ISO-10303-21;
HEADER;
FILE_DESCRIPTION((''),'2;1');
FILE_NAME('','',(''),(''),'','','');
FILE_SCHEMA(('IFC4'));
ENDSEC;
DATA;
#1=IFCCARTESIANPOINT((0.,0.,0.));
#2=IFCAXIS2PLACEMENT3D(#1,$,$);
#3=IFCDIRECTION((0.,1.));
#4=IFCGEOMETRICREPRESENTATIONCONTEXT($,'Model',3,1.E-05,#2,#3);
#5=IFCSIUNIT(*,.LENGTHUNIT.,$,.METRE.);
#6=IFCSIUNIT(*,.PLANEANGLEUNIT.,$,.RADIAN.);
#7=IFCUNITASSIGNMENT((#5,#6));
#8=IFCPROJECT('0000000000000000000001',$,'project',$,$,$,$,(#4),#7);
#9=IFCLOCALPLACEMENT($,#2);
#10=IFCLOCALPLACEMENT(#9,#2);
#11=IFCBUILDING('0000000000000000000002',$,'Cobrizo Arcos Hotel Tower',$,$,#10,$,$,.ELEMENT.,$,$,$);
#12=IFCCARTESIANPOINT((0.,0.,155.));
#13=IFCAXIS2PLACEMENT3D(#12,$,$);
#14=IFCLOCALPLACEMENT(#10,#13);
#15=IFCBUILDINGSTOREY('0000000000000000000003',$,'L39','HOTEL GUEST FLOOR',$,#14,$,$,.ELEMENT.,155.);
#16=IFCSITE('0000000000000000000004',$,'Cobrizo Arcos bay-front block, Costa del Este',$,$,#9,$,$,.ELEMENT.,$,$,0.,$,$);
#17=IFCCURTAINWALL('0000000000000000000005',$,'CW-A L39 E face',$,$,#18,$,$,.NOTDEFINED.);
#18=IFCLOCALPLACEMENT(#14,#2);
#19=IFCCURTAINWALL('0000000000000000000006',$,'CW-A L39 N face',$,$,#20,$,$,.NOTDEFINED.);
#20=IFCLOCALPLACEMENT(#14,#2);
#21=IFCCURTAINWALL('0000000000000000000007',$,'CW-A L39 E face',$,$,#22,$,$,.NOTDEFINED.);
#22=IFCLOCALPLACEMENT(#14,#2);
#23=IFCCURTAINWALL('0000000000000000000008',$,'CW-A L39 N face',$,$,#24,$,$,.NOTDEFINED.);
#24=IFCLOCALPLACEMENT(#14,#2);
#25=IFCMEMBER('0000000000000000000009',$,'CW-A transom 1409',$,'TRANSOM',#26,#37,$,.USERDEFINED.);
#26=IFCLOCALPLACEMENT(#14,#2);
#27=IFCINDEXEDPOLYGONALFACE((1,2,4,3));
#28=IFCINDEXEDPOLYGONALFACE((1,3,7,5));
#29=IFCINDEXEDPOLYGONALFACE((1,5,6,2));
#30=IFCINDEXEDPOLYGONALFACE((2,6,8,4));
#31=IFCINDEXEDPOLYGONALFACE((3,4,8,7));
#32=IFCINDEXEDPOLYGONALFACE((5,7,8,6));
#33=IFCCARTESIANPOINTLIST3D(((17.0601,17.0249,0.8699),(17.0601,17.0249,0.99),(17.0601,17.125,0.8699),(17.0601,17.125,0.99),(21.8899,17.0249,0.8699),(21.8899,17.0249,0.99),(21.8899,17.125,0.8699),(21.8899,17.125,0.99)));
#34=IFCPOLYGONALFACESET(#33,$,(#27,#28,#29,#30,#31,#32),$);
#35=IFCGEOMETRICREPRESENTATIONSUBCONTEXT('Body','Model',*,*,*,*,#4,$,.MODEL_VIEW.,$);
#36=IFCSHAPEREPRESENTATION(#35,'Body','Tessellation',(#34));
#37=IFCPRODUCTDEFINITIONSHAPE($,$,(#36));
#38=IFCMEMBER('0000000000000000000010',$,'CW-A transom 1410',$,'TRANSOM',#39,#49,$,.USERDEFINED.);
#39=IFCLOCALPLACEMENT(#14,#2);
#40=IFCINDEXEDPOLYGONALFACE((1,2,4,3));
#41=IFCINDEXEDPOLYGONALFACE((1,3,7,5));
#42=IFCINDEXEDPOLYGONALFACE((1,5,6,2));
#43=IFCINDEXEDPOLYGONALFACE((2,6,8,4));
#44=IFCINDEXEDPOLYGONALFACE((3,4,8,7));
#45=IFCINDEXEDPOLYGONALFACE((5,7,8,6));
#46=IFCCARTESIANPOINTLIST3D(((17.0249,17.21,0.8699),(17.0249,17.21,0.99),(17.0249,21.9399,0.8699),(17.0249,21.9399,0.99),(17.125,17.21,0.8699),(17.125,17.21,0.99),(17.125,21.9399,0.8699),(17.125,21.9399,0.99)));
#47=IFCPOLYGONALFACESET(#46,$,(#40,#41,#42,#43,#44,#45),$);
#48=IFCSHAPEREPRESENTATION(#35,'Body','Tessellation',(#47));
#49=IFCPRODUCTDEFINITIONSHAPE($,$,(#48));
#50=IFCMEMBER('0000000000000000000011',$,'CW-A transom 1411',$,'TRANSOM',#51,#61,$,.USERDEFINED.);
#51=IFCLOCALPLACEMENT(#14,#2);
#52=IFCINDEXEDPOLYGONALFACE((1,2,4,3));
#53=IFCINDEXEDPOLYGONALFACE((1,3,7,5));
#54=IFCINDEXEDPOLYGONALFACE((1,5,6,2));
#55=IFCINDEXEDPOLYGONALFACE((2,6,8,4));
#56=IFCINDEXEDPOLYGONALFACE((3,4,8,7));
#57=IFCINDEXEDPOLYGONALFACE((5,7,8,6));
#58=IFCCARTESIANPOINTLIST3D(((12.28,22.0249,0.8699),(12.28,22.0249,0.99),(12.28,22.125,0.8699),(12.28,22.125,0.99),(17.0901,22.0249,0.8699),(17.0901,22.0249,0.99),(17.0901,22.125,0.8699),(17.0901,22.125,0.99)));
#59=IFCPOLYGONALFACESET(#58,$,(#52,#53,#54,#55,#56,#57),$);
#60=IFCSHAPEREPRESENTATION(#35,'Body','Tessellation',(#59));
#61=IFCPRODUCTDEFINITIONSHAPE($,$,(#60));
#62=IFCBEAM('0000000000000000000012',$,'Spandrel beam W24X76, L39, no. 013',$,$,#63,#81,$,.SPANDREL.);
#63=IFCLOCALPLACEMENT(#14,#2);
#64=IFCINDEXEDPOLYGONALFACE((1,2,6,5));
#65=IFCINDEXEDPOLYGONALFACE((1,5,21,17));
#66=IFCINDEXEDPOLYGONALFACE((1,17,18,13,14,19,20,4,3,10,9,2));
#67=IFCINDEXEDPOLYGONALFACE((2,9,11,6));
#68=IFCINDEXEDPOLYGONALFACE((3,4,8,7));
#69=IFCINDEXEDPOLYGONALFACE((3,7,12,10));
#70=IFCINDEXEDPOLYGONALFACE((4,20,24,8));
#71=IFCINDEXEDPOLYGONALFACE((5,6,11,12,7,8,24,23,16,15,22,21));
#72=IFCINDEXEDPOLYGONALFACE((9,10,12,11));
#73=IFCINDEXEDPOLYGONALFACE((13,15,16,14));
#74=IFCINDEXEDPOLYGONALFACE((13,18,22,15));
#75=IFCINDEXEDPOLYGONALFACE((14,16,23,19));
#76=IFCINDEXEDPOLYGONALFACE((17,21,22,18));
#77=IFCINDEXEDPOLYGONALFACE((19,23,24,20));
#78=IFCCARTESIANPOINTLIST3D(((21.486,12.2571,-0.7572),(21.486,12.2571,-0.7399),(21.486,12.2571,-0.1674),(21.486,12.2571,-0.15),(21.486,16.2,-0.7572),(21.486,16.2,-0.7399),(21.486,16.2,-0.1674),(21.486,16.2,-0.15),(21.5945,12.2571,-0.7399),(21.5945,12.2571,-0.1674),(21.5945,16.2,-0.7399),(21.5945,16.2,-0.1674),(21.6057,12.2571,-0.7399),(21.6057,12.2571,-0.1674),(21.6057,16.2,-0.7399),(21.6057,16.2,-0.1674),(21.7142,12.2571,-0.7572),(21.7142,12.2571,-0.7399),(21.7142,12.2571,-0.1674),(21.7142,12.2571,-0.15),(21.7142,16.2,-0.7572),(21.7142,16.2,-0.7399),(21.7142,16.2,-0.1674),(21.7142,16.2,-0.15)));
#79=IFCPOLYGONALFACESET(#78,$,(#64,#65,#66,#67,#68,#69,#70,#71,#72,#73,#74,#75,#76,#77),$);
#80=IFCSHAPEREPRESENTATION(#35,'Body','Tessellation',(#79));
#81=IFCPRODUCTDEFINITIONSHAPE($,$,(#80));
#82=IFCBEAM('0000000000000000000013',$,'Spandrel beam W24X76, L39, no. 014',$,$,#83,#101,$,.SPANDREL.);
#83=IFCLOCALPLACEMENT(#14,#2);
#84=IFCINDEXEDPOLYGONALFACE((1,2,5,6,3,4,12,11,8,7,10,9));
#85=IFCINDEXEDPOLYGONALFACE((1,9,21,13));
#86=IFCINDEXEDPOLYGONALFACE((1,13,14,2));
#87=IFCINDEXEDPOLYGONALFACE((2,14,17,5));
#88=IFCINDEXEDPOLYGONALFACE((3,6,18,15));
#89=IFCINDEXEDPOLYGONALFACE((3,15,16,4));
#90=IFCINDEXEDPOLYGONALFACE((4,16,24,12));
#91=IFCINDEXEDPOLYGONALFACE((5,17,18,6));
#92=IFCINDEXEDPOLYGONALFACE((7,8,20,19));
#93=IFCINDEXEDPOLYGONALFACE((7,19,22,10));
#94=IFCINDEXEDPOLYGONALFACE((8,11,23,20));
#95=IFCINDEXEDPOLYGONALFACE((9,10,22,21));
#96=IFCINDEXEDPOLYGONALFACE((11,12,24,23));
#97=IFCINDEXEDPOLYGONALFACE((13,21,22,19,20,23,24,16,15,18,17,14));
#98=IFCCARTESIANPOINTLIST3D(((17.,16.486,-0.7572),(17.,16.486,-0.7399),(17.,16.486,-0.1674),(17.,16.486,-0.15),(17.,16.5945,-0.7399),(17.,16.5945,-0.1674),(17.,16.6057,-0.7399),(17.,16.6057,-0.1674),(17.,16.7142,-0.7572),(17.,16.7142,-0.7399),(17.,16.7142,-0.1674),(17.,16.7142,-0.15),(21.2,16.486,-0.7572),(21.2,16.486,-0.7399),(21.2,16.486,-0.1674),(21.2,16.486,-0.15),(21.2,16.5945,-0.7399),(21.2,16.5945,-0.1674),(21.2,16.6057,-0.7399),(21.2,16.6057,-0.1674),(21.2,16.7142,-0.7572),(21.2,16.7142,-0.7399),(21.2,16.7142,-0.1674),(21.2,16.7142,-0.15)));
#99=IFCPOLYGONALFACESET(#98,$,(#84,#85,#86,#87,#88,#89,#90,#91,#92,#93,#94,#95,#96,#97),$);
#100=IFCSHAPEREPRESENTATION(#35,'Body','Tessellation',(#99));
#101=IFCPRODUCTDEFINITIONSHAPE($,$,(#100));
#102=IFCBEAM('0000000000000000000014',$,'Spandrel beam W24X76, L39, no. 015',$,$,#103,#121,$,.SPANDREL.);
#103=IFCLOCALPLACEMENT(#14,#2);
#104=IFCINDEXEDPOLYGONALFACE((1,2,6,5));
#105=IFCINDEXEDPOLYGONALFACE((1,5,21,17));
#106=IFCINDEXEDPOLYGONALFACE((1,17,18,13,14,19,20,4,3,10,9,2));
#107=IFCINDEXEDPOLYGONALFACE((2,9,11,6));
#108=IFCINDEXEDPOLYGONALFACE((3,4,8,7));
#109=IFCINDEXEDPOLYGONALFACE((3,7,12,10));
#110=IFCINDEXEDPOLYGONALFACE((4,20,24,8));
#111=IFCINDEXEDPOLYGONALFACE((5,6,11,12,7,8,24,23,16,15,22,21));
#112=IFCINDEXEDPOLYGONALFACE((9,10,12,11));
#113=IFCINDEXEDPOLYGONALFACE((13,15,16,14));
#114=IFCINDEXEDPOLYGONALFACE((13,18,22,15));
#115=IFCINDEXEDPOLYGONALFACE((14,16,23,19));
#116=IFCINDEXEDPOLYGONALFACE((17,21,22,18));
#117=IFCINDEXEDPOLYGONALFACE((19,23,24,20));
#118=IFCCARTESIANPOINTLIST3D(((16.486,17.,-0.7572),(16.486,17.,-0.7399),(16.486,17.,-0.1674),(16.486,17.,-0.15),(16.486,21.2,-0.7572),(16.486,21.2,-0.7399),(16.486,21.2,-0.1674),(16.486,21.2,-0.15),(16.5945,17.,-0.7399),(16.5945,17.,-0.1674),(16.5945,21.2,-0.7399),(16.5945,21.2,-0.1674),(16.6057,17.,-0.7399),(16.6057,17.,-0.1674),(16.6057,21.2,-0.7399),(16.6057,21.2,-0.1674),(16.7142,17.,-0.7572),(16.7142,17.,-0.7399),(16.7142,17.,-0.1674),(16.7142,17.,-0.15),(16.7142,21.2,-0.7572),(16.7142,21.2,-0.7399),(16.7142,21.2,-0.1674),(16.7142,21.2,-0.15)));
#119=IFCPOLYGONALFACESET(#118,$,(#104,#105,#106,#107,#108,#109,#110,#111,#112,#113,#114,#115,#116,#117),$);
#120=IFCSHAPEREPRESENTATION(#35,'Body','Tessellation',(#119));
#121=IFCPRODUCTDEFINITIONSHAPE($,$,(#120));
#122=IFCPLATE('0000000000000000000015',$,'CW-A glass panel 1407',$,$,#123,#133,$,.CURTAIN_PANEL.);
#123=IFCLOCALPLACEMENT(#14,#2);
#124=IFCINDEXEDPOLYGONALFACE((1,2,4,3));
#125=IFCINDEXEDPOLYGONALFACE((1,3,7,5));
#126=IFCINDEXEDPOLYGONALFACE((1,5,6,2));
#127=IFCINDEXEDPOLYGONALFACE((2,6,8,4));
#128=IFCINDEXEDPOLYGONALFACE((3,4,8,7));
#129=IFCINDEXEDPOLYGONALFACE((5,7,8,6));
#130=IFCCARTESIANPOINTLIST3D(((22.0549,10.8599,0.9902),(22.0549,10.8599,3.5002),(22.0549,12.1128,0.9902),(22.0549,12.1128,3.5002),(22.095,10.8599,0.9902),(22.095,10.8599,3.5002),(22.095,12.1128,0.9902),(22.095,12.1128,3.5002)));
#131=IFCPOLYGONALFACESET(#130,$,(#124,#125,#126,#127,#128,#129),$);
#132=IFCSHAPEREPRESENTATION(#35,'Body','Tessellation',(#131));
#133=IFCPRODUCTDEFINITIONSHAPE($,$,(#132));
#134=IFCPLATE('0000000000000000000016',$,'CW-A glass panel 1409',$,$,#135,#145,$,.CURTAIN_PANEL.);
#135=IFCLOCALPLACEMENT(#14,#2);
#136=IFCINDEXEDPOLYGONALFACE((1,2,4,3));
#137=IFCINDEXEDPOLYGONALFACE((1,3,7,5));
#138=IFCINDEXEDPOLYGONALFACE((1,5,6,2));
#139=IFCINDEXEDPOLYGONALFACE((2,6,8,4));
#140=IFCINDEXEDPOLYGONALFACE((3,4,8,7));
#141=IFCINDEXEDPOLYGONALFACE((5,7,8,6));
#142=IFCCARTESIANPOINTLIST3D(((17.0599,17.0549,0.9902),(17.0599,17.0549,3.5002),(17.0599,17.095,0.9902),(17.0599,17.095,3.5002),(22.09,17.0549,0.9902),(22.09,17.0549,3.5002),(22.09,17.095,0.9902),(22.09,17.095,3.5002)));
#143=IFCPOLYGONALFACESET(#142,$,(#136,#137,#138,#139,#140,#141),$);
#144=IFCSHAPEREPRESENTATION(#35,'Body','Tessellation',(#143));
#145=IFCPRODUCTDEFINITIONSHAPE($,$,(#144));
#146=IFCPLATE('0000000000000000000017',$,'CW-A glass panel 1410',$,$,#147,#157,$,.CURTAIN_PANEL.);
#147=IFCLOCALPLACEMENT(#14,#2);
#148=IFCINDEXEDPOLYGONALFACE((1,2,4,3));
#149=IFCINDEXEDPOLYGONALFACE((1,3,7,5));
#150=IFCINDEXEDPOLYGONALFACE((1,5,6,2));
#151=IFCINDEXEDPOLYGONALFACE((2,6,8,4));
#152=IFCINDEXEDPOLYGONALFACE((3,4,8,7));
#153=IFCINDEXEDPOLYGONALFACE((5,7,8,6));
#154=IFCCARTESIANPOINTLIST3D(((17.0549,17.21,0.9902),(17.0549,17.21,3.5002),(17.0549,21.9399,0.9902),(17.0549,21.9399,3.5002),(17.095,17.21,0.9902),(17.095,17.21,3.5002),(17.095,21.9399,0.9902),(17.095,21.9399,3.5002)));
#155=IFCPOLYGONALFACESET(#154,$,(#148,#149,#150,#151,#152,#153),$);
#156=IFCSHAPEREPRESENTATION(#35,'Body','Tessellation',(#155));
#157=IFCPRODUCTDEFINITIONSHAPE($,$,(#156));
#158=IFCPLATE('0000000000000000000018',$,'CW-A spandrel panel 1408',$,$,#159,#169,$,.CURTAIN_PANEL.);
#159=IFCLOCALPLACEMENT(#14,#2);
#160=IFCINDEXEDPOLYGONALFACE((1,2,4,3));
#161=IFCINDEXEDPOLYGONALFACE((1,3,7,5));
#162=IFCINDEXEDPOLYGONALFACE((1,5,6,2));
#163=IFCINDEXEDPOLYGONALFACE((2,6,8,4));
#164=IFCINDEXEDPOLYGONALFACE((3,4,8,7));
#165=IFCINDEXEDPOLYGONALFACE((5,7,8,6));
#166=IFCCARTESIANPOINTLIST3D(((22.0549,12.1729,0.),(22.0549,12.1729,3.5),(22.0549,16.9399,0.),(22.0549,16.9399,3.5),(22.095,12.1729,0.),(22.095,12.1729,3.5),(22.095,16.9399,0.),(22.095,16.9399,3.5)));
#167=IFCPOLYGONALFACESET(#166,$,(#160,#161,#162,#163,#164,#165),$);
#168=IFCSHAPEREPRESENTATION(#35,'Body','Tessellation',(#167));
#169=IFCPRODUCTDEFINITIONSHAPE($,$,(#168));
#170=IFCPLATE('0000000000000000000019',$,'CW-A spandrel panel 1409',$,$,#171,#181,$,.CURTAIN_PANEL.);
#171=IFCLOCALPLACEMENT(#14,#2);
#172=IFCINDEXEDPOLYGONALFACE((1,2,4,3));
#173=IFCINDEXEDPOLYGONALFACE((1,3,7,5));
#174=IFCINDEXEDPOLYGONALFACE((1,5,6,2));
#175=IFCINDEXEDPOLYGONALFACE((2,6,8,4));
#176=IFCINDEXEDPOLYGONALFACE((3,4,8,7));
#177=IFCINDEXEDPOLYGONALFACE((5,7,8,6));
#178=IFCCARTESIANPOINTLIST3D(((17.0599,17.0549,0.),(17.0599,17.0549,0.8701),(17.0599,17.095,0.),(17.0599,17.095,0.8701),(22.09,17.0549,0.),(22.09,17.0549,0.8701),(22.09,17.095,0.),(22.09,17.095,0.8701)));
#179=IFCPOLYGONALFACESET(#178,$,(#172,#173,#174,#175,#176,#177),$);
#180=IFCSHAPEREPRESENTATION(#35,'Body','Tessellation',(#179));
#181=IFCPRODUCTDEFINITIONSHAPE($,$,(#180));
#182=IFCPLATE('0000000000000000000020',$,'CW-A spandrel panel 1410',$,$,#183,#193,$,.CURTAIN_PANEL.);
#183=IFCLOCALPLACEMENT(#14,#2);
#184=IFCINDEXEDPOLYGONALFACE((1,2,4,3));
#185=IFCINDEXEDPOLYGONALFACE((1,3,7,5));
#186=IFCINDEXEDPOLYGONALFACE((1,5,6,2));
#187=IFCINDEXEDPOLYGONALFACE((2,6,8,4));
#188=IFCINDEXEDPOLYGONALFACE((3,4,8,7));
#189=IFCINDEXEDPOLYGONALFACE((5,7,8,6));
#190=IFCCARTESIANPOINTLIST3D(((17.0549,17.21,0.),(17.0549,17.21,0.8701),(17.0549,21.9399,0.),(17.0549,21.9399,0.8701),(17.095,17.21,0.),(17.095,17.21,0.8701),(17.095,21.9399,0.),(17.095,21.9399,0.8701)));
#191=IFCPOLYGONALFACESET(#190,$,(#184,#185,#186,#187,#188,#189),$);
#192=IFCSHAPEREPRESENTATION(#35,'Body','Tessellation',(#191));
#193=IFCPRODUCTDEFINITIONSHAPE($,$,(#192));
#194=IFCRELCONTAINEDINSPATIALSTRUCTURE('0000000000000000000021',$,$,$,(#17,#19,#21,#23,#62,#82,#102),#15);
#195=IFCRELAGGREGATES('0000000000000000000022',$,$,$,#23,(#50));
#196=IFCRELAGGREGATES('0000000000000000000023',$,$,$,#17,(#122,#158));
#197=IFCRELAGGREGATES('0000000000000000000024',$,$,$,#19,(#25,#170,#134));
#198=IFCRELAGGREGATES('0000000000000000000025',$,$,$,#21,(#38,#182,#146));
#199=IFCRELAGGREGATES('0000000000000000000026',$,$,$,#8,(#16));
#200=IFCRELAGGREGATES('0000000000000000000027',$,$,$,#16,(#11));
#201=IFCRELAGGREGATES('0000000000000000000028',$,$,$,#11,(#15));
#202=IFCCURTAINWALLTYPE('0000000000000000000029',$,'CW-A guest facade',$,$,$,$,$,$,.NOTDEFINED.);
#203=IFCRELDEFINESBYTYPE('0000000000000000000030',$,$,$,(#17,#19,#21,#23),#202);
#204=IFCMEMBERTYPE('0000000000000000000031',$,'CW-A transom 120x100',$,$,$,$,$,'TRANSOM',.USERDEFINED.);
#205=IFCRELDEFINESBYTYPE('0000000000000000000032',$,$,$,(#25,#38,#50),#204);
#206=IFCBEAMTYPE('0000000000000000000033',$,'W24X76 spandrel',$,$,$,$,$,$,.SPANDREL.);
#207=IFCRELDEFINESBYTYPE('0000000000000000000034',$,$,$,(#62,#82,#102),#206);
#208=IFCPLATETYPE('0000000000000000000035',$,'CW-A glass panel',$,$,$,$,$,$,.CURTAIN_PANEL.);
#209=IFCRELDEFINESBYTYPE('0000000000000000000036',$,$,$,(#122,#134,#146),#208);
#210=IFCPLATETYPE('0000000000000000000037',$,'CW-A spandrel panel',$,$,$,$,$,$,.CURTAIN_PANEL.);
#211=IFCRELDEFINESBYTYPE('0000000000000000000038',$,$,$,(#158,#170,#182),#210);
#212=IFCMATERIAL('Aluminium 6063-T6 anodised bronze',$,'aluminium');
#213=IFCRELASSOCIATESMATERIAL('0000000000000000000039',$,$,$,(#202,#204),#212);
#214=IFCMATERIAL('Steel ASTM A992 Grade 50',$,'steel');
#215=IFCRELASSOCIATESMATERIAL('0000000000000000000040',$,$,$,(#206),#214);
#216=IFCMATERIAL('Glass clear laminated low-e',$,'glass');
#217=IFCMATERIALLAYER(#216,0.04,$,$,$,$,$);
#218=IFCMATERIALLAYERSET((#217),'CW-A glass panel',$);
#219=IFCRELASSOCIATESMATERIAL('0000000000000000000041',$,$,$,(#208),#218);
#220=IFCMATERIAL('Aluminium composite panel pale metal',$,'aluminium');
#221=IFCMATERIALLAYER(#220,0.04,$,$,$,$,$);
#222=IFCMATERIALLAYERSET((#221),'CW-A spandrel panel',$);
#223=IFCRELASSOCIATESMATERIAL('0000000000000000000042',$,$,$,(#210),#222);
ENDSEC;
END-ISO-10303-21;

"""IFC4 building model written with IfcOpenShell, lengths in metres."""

from ifc_helpers import new_model, si_unit, direction, frame, origin, origin_2d, place, context, subcontext, project, spatial, rectangle, i_section, extrude, material, layer, layer_set, material_profile, profile_set, type_object, element, aggregate, save


model = new_model("IFC4")

# Units and contexts
model_context = context("Model", 3, precision=1e-05, world=origin(), true_north=direction((0.0, 1.0)))
body_context = subcontext(model_context, "Body", "Model", "MODEL_VIEW")
ifc_project = project(units=[si_unit("LENGTHUNIT", "METRE"), si_unit("PLANEANGLEUNIT", "RADIAN")], contexts=[model_context])

# Site, building, storey
site_placement = place(None, origin())
site = spatial("IfcSite", under=ifc_project, at=site_placement, Name="Cobrizo Arcos bay-front block, Costa del Este", CompositionType="ELEMENT", RefElevation=0.0)
building_placement = place(site_placement, origin())
building = spatial("IfcBuilding", under=site, at=building_placement, Name="Cobrizo Arcos Hotel Tower", CompositionType="ELEMENT")
storey_placement = place(building_placement, frame((0.0, 0.0, 155.0)))
storey = spatial("IfcBuildingStorey", under=building, at=storey_placement, Name="L39", Description="HOTEL GUEST FLOOR", CompositionType="ELEMENT", Elevation=155.0)

# Curtain walls
ifc_material_1 = material(Name="Aluminium 6063-T6 anodised bronze", Category="aluminium")
curtain_wall_type = type_object("IfcCurtainWallType", Name="CW-A guest facade", PredefinedType="NOTDEFINED", material=ifc_material_1)
curtain_wall_1_placement = place(storey_placement, origin())
curtain_wall_1 = element("IfcCurtainWall", 1, at=curtain_wall_1_placement, inside=storey, type_object=curtain_wall_type, Name="CW-A L39 E face", PredefinedType="NOTDEFINED")
curtain_wall_2_placement = place(storey_placement, origin())
curtain_wall_2 = element("IfcCurtainWall", 2, at=curtain_wall_2_placement, inside=storey, type_object=curtain_wall_type, Name="CW-A L39 N face", PredefinedType="NOTDEFINED")
curtain_wall_3_placement = place(storey_placement, origin())
curtain_wall_3 = element("IfcCurtainWall", 3, at=curtain_wall_3_placement, inside=storey, type_object=curtain_wall_type, Name="CW-A L39 E face", PredefinedType="NOTDEFINED")

# Curtain wall
curtain_wall_4_placement = place(storey_placement, origin())
curtain_wall_4 = element("IfcCurtainWall", 4, at=curtain_wall_4_placement, inside=storey, type_object=curtain_wall_type, Name="CW-A L39 N face", PredefinedType="NOTDEFINED")

# Members
ifc_material_profile_1 = material_profile(ifc_material_1, rectangle(XDim=0.1001, YDim=0.1201, at=origin_2d()), Name="CW-A transom 120x100")
ifc_profile_set_1 = profile_set([ifc_material_profile_1], Name="Aluminium 6063-T6 anodised bronze")
member_type_1 = type_object("IfcMemberType", Name="CW-A transom 120x100", ElementType="TRANSOM", PredefinedType="USERDEFINED", material=ifc_profile_set_1)
member_1_placement = place(storey_placement, frame((21.8899, 17.075, 0.9299), z_axis=(-1.0, 0.0, 0.0), x_axis=(0.0, -1.0, 0.0)))
member_1 = element("IfcMember", 5, at=member_1_placement, type_object=member_type_1, Name="CW-A transom 1409", ObjectType="TRANSOM", PredefinedType="USERDEFINED", context=body_context, shape_type="SweptSolid", body=[
    extrude(rectangle(XDim=0.1001, YDim=0.1201, at=origin_2d()), origin(), (0.0, 0.0, 1.0), 4.8298),
])
member_2_placement = place(storey_placement, frame((17.075, 17.21, 0.9299), z_axis=(0.0, 1.0, 0.0), x_axis=(-1.0, 0.0, 0.0)))
member_2 = element("IfcMember", 6, at=member_2_placement, type_object=member_type_1, Name="CW-A transom 1410", ObjectType="TRANSOM", PredefinedType="USERDEFINED", context=body_context, shape_type="SweptSolid", body=[
    extrude(rectangle(XDim=0.1001, YDim=0.1201, at=origin_2d()), origin(), (0.0, 0.0, 1.0), 4.73),
])
member_3_placement = place(storey_placement, frame((17.0901, 22.075, 0.9299), z_axis=(-1.0, 0.0, 0.0), x_axis=(0.0, -1.0, 0.0)))
member_3 = element("IfcMember", 7, at=member_3_placement, type_object=member_type_1, Name="CW-A transom 1411", ObjectType="TRANSOM", PredefinedType="USERDEFINED", context=body_context, shape_type="SweptSolid", body=[
    extrude(rectangle(XDim=0.1001, YDim=0.1201, at=origin_2d()), origin(), (0.0, 0.0, 1.0), 4.8101),
])
aggregate(curtain_wall_4, [member_3])

# Beams
ifc_material_2 = material(Name="Steel ASTM A992 Grade 50", Category="steel")
ifc_material_profile_2 = material_profile(ifc_material_2, i_section(OverallWidth=0.2283, OverallDepth=0.6072, WebThickness=0.0112, FlangeThickness=0.0173, at=origin_2d()), Name="W24X76")
ifc_profile_set_2 = profile_set([ifc_material_profile_2], Name="Steel ASTM A992 Grade 50")
beam_type_1 = type_object("IfcBeamType", Name="W24X76 spandrel", PredefinedType="SPANDREL", material=ifc_profile_set_2)
beam_1_placement = place(storey_placement, frame((21.6001, 12.2571, -0.4536), z_axis=(0.0, 1.0, 0.0), x_axis=(-1.0, 0.0, 0.0)))
element("IfcBeam", 8, at=beam_1_placement, inside=storey, type_object=beam_type_1, Name="Spandrel beam W24X76, L39, no. 013", PredefinedType="SPANDREL", context=body_context, shape_type="SweptSolid", body=[
    extrude(i_section(OverallWidth=0.2283, OverallDepth=0.6072, WebThickness=0.0112, FlangeThickness=0.0173, at=origin_2d()), origin(), (0.0, 0.0, 1.0), 3.9429),
])
for number, where, z_axis, x_axis, name in (
    (9, (21.2, 16.6001, -0.4536), (-1.0, 0.0, 0.0), (0.0, -1.0, 0.0), "Spandrel beam W24X76, L39, no. 014"),
    (10, (16.6001, 17.0, -0.4536), (0.0, 1.0, 0.0), (-1.0, 0.0, 0.0), "Spandrel beam W24X76, L39, no. 015"),
):
    element("IfcBeam", number, at=place(storey_placement, frame(where, z_axis=z_axis, x_axis=x_axis)), inside=storey, type_object=beam_type_1, Name=name, PredefinedType="SPANDREL", context=body_context, shape_type="SweptSolid", body=[
        extrude(i_section(OverallWidth=0.2283, OverallDepth=0.6072, WebThickness=0.0112, FlangeThickness=0.0173, at=origin_2d()), origin(), (0.0, 0.0, 1.0), 4.2),
    ])

# Plates
ifc_material_3 = material(Name="Glass clear laminated low-e", Category="glass")
ifc_layer_1 = layer(ifc_material_3, 0.04)
ifc_layer_set_1 = layer_set([ifc_layer_1], Name="CW-A glass panel")
plate_type_1 = type_object("IfcPlateType", Name="CW-A glass panel", PredefinedType="CURTAIN_PANEL", material=ifc_layer_set_1)
plate_1_placement = place(storey_placement, frame((22.075, 11.4863, 0.9902), z_axis=(0.0, 0.0, 1.0), x_axis=(0.0, 1.0, 0.0)))
plate_1 = element("IfcPlate", 11, at=plate_1_placement, type_object=plate_type_1, Name="CW-A glass panel 1407", PredefinedType="CURTAIN_PANEL", context=body_context, shape_type="SweptSolid", body=[
    extrude(rectangle(XDim=1.2529, YDim=0.04, at=origin_2d()), origin(), (0.0, 0.0, 1.0), 2.51),
])
plate_2_placement = place(storey_placement, frame((19.575, 17.075, 0.9902), z_axis=(0.0, 0.0, 1.0), x_axis=(-1.0, 0.0, 0.0)))
plate_2 = element("IfcPlate", 12, at=plate_2_placement, type_object=plate_type_1, Name="CW-A glass panel 1409", PredefinedType="CURTAIN_PANEL", context=body_context, shape_type="SweptSolid", body=[
    extrude(rectangle(XDim=5.03, YDim=0.04, at=origin_2d()), origin(), (0.0, 0.0, 1.0), 2.51),
])
plate_3_placement = place(storey_placement, frame((17.075, 19.575, 0.9902), z_axis=(0.0, 0.0, 1.0), x_axis=(0.0, 1.0, 0.0)))
plate_3 = element("IfcPlate", 13, at=plate_3_placement, type_object=plate_type_1, Name="CW-A glass panel 1410", PredefinedType="CURTAIN_PANEL", context=body_context, shape_type="SweptSolid", body=[
    extrude(rectangle(XDim=4.73, YDim=0.04, at=origin_2d()), origin(), (0.0, 0.0, 1.0), 2.51),
])
ifc_material_4 = material(Name="Aluminium composite panel pale metal", Category="aluminium")
ifc_layer_2 = layer(ifc_material_4, 0.04)
ifc_layer_set_2 = layer_set([ifc_layer_2], Name="CW-A spandrel panel")
plate_type_2 = type_object("IfcPlateType", Name="CW-A spandrel panel", PredefinedType="CURTAIN_PANEL", material=ifc_layer_set_2)
plate_4_placement = place(storey_placement, frame((22.075, 14.5564, 0.0), z_axis=(0.0, 0.0, 1.0), x_axis=(0.0, 1.0, 0.0)))
plate_4 = element("IfcPlate", 14, at=plate_4_placement, type_object=plate_type_2, Name="CW-A spandrel panel 1408", PredefinedType="CURTAIN_PANEL", context=body_context, shape_type="SweptSolid", body=[
    extrude(rectangle(XDim=4.7671, YDim=0.04, at=origin_2d()), origin(), (0.0, 0.0, 1.0), 3.5),
])
aggregate(curtain_wall_1, [plate_1, plate_4])
plate_5_placement = place(storey_placement, frame((19.575, 17.075, 0.0), z_axis=(0.0, 0.0, 1.0), x_axis=(-1.0, 0.0, 0.0)))
plate_5 = element("IfcPlate", 15, at=plate_5_placement, type_object=plate_type_2, Name="CW-A spandrel panel 1409", PredefinedType="CURTAIN_PANEL", context=body_context, shape_type="SweptSolid", body=[
    extrude(rectangle(XDim=5.03, YDim=0.04, at=origin_2d()), origin(), (0.0, 0.0, 1.0), 0.8701),
])
aggregate(curtain_wall_2, [member_1, plate_5, plate_2])
plate_6_placement = place(storey_placement, frame((17.075, 19.575, 0.0), z_axis=(0.0, 0.0, 1.0), x_axis=(0.0, 1.0, 0.0)))
plate_6 = element("IfcPlate", 16, at=plate_6_placement, type_object=plate_type_2, Name="CW-A spandrel panel 1410", PredefinedType="CURTAIN_PANEL", context=body_context, shape_type="SweptSolid", body=[
    extrude(rectangle(XDim=4.73, YDim=0.04, at=origin_2d()), origin(), (0.0, 0.0, 1.0), 0.8701),
])
aggregate(curtain_wall_3, [member_2, plate_6, plate_3])

save(model, "model.ifc")
